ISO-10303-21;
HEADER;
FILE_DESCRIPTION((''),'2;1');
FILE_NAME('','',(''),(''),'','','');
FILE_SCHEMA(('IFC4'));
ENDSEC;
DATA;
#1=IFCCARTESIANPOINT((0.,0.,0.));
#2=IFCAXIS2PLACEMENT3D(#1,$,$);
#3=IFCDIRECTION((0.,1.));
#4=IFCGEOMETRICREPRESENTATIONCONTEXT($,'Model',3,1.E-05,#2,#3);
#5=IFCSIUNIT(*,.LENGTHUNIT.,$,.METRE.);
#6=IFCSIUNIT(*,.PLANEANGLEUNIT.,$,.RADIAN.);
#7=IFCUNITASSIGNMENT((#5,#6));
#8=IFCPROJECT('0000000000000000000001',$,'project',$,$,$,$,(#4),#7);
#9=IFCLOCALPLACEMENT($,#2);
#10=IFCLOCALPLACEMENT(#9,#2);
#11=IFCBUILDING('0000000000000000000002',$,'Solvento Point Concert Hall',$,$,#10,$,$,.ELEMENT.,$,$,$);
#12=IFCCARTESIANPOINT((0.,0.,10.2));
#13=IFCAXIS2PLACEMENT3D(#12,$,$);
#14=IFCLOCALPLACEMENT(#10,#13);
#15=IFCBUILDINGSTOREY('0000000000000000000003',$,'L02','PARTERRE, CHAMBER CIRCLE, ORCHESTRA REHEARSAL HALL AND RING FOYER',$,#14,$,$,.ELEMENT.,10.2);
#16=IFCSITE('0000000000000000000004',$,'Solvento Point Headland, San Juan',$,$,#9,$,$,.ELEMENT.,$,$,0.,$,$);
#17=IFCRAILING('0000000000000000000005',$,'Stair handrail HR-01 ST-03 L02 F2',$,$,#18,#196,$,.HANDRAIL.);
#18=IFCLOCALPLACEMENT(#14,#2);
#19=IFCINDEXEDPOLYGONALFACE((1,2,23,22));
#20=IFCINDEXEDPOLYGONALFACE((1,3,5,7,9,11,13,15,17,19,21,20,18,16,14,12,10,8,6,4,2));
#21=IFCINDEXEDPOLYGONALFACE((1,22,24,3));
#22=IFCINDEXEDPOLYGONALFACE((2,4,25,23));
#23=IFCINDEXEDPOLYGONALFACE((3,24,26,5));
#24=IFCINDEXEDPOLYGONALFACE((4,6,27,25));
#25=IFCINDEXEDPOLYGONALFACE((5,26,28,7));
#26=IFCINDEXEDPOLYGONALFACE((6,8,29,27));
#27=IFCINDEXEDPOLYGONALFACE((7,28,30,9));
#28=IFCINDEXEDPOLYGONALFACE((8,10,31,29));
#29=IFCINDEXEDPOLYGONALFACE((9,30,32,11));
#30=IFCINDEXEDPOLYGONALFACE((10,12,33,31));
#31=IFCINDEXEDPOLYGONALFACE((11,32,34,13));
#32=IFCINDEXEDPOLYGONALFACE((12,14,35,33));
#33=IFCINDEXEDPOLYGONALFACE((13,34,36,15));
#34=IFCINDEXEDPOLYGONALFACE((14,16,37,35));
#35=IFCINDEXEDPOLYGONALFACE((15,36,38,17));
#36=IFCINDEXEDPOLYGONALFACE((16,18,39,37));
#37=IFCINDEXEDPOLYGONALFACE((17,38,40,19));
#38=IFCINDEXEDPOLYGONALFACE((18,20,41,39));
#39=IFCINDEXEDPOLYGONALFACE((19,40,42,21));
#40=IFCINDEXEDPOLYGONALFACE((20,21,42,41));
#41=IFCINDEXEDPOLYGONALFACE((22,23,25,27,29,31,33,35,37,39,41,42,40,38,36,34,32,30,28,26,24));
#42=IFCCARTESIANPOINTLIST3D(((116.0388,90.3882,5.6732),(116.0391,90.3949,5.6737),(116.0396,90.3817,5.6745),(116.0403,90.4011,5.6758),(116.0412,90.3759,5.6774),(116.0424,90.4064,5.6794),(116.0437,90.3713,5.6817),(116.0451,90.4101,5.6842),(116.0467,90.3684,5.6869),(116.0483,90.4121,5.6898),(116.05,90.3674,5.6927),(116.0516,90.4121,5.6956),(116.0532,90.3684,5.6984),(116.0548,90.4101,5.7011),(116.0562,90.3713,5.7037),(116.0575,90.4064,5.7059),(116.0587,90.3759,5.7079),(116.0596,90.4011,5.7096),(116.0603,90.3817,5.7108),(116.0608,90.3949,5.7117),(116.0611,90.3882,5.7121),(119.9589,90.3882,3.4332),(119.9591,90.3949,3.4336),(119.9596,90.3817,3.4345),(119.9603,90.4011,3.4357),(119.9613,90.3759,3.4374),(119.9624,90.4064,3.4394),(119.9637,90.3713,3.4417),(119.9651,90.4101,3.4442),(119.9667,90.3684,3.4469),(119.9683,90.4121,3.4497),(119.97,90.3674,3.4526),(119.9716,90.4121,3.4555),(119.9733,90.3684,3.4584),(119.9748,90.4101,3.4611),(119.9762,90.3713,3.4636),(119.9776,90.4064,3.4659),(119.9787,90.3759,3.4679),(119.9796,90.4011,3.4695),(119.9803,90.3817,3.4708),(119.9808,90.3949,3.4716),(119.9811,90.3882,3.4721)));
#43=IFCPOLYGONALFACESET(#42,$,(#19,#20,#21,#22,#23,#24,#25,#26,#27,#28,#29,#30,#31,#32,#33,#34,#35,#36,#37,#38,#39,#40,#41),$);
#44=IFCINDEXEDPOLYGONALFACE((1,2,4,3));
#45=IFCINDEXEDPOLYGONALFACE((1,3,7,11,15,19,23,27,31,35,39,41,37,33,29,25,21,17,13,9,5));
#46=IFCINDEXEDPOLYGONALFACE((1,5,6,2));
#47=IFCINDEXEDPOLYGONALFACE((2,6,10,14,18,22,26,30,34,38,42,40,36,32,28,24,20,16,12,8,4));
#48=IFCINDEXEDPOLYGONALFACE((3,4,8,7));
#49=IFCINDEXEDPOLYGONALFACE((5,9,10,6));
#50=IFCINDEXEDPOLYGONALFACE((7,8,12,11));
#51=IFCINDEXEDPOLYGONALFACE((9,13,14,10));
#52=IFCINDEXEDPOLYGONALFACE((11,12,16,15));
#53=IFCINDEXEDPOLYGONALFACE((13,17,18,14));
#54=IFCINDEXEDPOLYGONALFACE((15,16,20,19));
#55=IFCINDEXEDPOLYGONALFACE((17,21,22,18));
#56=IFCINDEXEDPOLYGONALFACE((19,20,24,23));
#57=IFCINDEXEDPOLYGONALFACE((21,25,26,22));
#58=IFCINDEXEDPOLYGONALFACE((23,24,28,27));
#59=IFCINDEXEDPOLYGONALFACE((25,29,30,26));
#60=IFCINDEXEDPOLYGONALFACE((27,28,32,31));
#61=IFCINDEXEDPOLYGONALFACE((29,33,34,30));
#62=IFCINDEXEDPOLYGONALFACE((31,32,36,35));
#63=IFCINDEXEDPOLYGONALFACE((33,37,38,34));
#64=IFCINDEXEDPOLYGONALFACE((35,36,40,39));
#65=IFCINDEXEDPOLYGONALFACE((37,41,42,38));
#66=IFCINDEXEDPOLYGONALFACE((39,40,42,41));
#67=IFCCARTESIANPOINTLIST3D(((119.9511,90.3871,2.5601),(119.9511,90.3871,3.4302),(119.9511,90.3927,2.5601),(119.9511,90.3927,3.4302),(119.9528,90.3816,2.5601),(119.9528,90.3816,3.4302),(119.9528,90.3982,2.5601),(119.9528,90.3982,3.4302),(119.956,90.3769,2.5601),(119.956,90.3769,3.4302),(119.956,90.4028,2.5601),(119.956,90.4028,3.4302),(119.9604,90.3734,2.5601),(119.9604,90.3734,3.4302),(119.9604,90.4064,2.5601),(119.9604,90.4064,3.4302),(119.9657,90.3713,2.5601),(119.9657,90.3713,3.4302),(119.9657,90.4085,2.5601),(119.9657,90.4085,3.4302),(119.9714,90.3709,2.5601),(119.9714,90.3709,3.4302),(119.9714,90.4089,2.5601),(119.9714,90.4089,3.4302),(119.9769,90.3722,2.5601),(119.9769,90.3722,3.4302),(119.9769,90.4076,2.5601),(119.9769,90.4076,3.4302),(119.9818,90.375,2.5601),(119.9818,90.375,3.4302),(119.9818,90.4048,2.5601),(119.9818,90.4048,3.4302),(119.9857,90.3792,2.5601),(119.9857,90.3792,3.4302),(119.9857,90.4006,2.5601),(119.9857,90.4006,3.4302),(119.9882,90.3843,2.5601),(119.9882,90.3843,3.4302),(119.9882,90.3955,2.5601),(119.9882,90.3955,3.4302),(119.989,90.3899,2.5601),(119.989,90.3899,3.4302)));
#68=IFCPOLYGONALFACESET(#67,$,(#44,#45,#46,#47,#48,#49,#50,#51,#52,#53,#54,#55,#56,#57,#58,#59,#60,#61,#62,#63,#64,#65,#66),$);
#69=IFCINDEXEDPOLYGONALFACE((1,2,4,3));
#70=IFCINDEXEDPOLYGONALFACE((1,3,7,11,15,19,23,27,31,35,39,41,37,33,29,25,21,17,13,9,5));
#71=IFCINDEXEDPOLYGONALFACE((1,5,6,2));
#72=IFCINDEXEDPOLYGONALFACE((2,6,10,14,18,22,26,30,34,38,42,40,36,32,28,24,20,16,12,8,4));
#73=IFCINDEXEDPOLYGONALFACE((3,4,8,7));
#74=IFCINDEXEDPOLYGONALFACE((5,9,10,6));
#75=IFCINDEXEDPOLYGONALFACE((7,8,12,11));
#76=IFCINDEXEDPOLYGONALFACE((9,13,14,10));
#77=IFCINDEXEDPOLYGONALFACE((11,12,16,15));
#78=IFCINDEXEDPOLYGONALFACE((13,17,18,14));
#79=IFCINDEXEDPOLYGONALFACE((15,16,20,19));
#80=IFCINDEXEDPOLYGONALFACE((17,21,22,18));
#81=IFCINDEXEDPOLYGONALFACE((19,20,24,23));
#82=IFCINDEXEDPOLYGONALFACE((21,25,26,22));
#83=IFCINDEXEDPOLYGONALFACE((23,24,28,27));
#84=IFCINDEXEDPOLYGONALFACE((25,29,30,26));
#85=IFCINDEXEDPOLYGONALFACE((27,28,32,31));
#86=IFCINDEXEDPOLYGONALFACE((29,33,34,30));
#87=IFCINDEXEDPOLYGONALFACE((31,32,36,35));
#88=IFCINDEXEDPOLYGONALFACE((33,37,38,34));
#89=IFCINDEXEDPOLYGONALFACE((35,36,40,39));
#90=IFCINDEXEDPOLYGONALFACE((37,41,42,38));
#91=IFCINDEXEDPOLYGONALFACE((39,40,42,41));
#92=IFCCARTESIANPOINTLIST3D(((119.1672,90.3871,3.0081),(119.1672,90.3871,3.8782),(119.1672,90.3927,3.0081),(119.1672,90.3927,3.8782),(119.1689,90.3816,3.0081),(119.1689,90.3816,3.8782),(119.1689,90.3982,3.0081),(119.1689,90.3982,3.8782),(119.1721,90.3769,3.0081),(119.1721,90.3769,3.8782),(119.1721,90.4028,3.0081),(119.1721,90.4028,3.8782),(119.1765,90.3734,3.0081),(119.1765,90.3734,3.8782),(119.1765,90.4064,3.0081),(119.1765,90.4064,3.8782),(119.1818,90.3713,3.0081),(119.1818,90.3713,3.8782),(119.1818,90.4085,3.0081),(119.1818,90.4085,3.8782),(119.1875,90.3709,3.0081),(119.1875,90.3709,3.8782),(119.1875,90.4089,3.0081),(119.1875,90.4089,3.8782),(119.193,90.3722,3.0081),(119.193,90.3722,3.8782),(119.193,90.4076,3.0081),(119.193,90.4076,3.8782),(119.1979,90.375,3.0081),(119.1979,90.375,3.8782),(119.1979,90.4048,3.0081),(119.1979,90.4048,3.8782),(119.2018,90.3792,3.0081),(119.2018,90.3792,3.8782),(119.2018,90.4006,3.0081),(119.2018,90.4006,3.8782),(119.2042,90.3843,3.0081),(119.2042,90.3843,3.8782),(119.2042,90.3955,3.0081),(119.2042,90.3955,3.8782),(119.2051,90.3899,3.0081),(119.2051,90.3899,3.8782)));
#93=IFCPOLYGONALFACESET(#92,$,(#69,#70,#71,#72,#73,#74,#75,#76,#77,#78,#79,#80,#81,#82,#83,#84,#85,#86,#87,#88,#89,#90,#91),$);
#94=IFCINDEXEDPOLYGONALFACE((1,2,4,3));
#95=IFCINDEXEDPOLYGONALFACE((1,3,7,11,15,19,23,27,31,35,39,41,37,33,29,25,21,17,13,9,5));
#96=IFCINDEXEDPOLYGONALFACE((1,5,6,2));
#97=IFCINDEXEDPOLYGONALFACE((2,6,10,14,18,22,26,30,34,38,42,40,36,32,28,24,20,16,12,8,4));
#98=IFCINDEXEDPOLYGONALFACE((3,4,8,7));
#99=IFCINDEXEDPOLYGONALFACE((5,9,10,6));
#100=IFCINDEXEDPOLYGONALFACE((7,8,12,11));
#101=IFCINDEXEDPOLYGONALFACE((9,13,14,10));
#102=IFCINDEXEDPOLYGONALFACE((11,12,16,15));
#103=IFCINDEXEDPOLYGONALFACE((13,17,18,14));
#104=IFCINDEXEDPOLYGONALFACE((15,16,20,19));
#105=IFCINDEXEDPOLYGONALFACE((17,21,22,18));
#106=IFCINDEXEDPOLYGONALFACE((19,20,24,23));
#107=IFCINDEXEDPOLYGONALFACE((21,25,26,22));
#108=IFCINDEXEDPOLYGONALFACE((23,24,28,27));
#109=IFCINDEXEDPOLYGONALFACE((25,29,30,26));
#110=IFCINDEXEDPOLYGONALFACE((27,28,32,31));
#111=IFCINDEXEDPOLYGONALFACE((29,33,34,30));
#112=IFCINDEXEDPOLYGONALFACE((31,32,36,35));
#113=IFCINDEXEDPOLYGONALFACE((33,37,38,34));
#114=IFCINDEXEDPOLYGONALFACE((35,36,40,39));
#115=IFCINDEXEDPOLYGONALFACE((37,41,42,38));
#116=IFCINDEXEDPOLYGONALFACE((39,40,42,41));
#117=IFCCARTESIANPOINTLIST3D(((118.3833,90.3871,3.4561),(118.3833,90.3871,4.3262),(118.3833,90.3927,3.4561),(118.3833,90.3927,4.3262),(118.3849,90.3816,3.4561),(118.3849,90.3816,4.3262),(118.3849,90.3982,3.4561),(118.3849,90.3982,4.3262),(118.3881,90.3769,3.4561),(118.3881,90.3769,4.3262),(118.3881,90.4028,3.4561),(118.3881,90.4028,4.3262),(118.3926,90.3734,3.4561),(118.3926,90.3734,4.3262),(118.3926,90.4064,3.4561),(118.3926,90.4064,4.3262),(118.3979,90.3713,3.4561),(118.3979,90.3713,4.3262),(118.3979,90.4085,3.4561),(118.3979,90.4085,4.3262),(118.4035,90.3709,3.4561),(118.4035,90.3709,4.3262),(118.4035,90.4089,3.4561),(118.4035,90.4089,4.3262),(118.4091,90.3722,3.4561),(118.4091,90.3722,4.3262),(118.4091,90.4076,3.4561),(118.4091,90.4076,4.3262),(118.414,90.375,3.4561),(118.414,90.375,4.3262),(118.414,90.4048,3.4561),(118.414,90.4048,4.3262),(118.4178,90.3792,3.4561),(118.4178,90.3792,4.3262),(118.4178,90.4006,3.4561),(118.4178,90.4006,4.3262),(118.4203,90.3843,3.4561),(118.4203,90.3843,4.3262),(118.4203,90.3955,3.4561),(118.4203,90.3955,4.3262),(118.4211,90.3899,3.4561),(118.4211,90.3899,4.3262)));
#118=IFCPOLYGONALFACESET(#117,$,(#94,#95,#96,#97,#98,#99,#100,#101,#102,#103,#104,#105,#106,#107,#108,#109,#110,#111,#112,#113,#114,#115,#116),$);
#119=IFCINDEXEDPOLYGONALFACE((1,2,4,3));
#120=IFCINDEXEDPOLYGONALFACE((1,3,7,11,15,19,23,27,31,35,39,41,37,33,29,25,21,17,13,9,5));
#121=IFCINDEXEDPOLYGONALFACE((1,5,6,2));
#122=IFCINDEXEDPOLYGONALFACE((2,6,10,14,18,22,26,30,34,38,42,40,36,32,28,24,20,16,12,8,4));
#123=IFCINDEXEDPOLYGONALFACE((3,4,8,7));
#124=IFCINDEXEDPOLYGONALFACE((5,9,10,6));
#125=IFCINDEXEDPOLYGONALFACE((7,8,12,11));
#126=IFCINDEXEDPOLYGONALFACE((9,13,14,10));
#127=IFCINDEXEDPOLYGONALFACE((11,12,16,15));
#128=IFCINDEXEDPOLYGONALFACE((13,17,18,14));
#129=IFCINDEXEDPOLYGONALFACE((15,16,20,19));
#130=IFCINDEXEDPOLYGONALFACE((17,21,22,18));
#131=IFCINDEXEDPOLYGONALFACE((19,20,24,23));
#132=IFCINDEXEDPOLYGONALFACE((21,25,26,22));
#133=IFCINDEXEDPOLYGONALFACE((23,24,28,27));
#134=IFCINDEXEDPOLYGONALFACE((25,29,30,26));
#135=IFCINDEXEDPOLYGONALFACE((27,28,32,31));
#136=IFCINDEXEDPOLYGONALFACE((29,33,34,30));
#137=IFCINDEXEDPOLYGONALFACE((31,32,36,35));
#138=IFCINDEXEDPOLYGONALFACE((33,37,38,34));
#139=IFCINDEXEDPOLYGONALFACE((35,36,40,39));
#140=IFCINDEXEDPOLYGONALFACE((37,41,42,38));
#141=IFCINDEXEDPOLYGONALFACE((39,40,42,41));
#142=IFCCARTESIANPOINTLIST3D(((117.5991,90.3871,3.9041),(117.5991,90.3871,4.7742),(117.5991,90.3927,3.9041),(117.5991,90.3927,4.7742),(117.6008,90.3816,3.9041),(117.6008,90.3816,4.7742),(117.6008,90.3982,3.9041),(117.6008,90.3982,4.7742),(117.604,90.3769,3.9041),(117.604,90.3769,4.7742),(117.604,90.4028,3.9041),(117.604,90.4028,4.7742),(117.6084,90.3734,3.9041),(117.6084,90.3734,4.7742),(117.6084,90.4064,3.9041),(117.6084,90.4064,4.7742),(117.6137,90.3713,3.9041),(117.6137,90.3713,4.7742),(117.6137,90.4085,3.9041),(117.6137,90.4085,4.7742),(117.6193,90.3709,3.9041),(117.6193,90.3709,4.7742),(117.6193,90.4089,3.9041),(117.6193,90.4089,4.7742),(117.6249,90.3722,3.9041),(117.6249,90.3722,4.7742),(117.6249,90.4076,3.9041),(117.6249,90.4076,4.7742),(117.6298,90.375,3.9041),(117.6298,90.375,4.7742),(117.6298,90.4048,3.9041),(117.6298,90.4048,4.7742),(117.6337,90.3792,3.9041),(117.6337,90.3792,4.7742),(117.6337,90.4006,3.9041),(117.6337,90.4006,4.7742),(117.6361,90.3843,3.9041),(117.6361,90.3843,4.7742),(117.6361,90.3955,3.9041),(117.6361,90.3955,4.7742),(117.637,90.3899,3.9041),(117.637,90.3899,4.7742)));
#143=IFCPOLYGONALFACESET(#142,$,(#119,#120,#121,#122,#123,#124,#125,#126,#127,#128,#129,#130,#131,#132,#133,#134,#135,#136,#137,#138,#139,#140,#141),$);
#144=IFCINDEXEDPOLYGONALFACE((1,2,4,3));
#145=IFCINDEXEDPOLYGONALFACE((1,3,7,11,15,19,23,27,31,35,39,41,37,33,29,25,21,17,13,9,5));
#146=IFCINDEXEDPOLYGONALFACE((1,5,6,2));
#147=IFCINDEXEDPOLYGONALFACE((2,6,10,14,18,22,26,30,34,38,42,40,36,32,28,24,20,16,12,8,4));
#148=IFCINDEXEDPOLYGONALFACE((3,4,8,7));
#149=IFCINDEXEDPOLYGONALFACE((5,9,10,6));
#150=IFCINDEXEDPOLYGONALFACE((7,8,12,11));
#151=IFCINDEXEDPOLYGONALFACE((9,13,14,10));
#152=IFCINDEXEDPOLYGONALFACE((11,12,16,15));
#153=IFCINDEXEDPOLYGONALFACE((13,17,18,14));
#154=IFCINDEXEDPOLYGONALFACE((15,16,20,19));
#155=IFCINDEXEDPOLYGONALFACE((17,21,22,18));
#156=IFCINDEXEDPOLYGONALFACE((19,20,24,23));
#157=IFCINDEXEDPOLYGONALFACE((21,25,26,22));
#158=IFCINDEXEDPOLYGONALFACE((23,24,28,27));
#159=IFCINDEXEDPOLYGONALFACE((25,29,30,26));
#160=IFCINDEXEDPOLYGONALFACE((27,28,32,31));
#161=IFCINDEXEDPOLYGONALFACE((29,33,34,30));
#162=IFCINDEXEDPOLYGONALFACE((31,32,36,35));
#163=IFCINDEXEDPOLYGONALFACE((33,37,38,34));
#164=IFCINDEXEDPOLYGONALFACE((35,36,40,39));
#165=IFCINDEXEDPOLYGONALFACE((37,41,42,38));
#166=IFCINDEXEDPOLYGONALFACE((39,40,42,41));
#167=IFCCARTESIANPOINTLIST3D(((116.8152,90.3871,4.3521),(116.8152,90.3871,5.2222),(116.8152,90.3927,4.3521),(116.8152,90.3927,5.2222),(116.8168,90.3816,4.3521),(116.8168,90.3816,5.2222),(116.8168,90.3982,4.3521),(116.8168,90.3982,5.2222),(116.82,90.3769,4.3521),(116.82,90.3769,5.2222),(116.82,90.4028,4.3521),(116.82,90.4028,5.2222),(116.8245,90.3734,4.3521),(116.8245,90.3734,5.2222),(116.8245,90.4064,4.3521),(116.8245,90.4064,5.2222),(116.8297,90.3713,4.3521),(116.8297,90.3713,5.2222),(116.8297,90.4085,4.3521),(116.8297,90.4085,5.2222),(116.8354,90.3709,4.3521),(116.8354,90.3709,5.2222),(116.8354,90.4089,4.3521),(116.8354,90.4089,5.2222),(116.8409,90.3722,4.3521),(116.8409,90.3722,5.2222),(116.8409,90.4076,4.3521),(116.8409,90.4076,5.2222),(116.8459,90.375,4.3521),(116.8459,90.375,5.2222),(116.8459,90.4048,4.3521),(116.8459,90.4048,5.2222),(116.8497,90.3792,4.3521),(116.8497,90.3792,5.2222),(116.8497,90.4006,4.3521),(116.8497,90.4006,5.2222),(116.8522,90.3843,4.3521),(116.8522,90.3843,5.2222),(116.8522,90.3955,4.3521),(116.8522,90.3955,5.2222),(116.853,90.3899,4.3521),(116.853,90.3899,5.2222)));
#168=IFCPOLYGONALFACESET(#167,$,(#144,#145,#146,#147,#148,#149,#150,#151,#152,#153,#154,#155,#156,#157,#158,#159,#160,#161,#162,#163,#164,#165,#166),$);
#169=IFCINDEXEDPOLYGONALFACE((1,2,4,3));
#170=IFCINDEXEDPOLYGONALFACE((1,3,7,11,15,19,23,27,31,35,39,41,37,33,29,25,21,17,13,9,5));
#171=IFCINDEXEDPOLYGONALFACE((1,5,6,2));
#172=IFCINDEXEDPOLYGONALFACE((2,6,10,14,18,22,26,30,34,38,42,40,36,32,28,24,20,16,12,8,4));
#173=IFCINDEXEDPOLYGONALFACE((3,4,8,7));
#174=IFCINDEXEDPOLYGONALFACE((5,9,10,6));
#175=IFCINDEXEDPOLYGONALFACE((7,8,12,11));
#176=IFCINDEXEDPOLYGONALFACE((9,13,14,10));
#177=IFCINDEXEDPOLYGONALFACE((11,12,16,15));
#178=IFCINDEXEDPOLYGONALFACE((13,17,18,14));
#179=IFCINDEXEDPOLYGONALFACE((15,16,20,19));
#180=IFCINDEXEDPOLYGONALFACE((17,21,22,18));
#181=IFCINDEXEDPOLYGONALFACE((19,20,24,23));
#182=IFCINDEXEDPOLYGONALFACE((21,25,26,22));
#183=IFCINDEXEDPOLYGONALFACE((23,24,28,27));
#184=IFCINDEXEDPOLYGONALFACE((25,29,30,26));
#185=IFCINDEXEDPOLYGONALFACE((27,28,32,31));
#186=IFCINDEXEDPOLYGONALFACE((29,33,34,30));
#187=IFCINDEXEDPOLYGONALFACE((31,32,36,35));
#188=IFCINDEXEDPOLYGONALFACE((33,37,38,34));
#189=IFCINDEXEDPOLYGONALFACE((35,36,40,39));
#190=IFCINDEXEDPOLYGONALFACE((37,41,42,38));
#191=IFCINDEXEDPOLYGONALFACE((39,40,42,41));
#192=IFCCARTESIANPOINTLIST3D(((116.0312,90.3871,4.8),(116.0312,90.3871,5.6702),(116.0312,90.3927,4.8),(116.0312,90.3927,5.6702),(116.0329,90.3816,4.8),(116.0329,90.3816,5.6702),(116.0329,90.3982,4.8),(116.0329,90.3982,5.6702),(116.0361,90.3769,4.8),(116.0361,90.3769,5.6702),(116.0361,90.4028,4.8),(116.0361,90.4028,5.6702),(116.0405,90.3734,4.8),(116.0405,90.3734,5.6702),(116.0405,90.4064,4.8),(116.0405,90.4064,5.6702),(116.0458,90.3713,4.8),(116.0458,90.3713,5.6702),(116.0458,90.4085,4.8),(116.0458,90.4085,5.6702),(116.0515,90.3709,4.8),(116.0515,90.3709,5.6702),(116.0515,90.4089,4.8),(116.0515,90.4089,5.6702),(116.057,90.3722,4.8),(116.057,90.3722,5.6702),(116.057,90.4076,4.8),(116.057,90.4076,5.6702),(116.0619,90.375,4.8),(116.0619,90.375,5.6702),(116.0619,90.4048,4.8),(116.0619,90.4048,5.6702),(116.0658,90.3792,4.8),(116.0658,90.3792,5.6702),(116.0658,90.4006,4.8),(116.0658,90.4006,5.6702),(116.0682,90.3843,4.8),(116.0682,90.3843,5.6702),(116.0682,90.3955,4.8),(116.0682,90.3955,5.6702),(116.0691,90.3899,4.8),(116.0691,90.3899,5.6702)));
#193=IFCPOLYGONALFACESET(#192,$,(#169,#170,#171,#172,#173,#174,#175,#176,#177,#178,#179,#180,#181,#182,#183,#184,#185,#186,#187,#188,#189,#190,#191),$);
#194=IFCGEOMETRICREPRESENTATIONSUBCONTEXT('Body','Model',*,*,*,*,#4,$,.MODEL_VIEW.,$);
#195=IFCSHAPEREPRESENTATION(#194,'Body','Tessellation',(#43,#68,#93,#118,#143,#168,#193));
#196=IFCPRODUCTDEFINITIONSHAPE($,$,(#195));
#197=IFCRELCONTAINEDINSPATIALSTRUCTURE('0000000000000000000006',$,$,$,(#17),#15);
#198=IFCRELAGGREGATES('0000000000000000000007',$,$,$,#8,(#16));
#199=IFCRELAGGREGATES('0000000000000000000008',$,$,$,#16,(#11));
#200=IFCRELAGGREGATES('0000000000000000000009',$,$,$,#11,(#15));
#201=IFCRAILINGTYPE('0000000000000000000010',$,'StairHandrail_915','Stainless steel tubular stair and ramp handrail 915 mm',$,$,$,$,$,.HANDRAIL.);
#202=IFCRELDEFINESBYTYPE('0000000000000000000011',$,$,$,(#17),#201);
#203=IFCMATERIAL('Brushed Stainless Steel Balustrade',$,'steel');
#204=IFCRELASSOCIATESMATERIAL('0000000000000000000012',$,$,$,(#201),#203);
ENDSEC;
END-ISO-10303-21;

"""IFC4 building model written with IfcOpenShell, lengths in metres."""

from ifc_helpers import new_model, si_unit, direction, frame, origin, origin_2d, place, context, subcontext, project, spatial, circle, extrude, material, type_object, element, save


model = new_model("IFC4")

# Units and contexts
model_context = context("Model", 3, precision=1e-05, world=origin(), true_north=direction((0.0, 1.0)))
body_context = subcontext(model_context, "Body", "Model", "MODEL_VIEW")
ifc_project = project(units=[si_unit("LENGTHUNIT", "METRE"), si_unit("PLANEANGLEUNIT", "RADIAN")], contexts=[model_context])

# Site, building, storey
site_placement = place(None, origin())
site = spatial("IfcSite", under=ifc_project, at=site_placement, Name="Solvento Point Headland, San Juan", CompositionType="ELEMENT", RefElevation=0.0)
building_placement = place(site_placement, origin())
building = spatial("IfcBuilding", under=site, at=building_placement, Name="Solvento Point Concert Hall", CompositionType="ELEMENT")
storey_placement = place(building_placement, frame((0.0, 0.0, 10.2)))
storey = spatial("IfcBuildingStorey", under=building, at=storey_placement, Name="L02", Description="PARTERRE, CHAMBER CIRCLE, ORCHESTRA REHEARSAL HALL AND RING FOYER", CompositionType="ELEMENT", Elevation=10.2)

# Railing
ifc_material_1 = material(Name="Brushed Stainless Steel Balustrade", Category="steel")
railing_type_1 = type_object("IfcRailingType", Name="StairHandrail_915", Description="Stainless steel tubular stair and ramp handrail 915 mm", PredefinedType="HANDRAIL", material=ifc_material_1)
railing_1_placement = place(storey_placement, frame((119.97, 90.3899, 2.5601)))
element("IfcRailing", 1, at=railing_1_placement, inside=storey, type_object=railing_type_1, Name="Stair handrail HR-01 ST-03 L02 F2", PredefinedType="HANDRAIL", context=body_context, shape_type="SweptSolid", body=[
    extrude(circle(Radius=0.0225, at=origin_2d()), frame((0.0, 0.0, 0.8926), z_axis=(-0.86824, 0.0, 0.496145), x_axis=(0.0, -1.0, 0.0)), (0.0, 0.0, 1.0), 4.5149),
    extrude(circle(Radius=0.019, at=origin_2d()), origin(), (0.0, 0.0, 1.0), 0.8701),
    extrude(circle(Radius=0.019, at=origin_2d()), frame((-0.7839, 0.0, 0.448)), (0.0, 0.0, 1.0), 0.8701),
    extrude(circle(Radius=0.019, at=origin_2d()), frame((-1.5679, 0.0, 0.896)), (0.0, 0.0, 1.0), 0.8701),
    extrude(circle(Radius=0.019, at=origin_2d()), frame((-2.3521, 0.0, 1.344)), (0.0, 0.0, 1.0), 0.8701),
    extrude(circle(Radius=0.019, at=origin_2d()), frame((-3.136, 0.0, 1.792)), (0.0, 0.0, 1.0), 0.8701),
    extrude(circle(Radius=0.019, at=origin_2d()), frame((-3.9199, 0.0, 2.24)), (0.0, 0.0, 1.0), 0.8701),
])

save(model, "model.ifc")
